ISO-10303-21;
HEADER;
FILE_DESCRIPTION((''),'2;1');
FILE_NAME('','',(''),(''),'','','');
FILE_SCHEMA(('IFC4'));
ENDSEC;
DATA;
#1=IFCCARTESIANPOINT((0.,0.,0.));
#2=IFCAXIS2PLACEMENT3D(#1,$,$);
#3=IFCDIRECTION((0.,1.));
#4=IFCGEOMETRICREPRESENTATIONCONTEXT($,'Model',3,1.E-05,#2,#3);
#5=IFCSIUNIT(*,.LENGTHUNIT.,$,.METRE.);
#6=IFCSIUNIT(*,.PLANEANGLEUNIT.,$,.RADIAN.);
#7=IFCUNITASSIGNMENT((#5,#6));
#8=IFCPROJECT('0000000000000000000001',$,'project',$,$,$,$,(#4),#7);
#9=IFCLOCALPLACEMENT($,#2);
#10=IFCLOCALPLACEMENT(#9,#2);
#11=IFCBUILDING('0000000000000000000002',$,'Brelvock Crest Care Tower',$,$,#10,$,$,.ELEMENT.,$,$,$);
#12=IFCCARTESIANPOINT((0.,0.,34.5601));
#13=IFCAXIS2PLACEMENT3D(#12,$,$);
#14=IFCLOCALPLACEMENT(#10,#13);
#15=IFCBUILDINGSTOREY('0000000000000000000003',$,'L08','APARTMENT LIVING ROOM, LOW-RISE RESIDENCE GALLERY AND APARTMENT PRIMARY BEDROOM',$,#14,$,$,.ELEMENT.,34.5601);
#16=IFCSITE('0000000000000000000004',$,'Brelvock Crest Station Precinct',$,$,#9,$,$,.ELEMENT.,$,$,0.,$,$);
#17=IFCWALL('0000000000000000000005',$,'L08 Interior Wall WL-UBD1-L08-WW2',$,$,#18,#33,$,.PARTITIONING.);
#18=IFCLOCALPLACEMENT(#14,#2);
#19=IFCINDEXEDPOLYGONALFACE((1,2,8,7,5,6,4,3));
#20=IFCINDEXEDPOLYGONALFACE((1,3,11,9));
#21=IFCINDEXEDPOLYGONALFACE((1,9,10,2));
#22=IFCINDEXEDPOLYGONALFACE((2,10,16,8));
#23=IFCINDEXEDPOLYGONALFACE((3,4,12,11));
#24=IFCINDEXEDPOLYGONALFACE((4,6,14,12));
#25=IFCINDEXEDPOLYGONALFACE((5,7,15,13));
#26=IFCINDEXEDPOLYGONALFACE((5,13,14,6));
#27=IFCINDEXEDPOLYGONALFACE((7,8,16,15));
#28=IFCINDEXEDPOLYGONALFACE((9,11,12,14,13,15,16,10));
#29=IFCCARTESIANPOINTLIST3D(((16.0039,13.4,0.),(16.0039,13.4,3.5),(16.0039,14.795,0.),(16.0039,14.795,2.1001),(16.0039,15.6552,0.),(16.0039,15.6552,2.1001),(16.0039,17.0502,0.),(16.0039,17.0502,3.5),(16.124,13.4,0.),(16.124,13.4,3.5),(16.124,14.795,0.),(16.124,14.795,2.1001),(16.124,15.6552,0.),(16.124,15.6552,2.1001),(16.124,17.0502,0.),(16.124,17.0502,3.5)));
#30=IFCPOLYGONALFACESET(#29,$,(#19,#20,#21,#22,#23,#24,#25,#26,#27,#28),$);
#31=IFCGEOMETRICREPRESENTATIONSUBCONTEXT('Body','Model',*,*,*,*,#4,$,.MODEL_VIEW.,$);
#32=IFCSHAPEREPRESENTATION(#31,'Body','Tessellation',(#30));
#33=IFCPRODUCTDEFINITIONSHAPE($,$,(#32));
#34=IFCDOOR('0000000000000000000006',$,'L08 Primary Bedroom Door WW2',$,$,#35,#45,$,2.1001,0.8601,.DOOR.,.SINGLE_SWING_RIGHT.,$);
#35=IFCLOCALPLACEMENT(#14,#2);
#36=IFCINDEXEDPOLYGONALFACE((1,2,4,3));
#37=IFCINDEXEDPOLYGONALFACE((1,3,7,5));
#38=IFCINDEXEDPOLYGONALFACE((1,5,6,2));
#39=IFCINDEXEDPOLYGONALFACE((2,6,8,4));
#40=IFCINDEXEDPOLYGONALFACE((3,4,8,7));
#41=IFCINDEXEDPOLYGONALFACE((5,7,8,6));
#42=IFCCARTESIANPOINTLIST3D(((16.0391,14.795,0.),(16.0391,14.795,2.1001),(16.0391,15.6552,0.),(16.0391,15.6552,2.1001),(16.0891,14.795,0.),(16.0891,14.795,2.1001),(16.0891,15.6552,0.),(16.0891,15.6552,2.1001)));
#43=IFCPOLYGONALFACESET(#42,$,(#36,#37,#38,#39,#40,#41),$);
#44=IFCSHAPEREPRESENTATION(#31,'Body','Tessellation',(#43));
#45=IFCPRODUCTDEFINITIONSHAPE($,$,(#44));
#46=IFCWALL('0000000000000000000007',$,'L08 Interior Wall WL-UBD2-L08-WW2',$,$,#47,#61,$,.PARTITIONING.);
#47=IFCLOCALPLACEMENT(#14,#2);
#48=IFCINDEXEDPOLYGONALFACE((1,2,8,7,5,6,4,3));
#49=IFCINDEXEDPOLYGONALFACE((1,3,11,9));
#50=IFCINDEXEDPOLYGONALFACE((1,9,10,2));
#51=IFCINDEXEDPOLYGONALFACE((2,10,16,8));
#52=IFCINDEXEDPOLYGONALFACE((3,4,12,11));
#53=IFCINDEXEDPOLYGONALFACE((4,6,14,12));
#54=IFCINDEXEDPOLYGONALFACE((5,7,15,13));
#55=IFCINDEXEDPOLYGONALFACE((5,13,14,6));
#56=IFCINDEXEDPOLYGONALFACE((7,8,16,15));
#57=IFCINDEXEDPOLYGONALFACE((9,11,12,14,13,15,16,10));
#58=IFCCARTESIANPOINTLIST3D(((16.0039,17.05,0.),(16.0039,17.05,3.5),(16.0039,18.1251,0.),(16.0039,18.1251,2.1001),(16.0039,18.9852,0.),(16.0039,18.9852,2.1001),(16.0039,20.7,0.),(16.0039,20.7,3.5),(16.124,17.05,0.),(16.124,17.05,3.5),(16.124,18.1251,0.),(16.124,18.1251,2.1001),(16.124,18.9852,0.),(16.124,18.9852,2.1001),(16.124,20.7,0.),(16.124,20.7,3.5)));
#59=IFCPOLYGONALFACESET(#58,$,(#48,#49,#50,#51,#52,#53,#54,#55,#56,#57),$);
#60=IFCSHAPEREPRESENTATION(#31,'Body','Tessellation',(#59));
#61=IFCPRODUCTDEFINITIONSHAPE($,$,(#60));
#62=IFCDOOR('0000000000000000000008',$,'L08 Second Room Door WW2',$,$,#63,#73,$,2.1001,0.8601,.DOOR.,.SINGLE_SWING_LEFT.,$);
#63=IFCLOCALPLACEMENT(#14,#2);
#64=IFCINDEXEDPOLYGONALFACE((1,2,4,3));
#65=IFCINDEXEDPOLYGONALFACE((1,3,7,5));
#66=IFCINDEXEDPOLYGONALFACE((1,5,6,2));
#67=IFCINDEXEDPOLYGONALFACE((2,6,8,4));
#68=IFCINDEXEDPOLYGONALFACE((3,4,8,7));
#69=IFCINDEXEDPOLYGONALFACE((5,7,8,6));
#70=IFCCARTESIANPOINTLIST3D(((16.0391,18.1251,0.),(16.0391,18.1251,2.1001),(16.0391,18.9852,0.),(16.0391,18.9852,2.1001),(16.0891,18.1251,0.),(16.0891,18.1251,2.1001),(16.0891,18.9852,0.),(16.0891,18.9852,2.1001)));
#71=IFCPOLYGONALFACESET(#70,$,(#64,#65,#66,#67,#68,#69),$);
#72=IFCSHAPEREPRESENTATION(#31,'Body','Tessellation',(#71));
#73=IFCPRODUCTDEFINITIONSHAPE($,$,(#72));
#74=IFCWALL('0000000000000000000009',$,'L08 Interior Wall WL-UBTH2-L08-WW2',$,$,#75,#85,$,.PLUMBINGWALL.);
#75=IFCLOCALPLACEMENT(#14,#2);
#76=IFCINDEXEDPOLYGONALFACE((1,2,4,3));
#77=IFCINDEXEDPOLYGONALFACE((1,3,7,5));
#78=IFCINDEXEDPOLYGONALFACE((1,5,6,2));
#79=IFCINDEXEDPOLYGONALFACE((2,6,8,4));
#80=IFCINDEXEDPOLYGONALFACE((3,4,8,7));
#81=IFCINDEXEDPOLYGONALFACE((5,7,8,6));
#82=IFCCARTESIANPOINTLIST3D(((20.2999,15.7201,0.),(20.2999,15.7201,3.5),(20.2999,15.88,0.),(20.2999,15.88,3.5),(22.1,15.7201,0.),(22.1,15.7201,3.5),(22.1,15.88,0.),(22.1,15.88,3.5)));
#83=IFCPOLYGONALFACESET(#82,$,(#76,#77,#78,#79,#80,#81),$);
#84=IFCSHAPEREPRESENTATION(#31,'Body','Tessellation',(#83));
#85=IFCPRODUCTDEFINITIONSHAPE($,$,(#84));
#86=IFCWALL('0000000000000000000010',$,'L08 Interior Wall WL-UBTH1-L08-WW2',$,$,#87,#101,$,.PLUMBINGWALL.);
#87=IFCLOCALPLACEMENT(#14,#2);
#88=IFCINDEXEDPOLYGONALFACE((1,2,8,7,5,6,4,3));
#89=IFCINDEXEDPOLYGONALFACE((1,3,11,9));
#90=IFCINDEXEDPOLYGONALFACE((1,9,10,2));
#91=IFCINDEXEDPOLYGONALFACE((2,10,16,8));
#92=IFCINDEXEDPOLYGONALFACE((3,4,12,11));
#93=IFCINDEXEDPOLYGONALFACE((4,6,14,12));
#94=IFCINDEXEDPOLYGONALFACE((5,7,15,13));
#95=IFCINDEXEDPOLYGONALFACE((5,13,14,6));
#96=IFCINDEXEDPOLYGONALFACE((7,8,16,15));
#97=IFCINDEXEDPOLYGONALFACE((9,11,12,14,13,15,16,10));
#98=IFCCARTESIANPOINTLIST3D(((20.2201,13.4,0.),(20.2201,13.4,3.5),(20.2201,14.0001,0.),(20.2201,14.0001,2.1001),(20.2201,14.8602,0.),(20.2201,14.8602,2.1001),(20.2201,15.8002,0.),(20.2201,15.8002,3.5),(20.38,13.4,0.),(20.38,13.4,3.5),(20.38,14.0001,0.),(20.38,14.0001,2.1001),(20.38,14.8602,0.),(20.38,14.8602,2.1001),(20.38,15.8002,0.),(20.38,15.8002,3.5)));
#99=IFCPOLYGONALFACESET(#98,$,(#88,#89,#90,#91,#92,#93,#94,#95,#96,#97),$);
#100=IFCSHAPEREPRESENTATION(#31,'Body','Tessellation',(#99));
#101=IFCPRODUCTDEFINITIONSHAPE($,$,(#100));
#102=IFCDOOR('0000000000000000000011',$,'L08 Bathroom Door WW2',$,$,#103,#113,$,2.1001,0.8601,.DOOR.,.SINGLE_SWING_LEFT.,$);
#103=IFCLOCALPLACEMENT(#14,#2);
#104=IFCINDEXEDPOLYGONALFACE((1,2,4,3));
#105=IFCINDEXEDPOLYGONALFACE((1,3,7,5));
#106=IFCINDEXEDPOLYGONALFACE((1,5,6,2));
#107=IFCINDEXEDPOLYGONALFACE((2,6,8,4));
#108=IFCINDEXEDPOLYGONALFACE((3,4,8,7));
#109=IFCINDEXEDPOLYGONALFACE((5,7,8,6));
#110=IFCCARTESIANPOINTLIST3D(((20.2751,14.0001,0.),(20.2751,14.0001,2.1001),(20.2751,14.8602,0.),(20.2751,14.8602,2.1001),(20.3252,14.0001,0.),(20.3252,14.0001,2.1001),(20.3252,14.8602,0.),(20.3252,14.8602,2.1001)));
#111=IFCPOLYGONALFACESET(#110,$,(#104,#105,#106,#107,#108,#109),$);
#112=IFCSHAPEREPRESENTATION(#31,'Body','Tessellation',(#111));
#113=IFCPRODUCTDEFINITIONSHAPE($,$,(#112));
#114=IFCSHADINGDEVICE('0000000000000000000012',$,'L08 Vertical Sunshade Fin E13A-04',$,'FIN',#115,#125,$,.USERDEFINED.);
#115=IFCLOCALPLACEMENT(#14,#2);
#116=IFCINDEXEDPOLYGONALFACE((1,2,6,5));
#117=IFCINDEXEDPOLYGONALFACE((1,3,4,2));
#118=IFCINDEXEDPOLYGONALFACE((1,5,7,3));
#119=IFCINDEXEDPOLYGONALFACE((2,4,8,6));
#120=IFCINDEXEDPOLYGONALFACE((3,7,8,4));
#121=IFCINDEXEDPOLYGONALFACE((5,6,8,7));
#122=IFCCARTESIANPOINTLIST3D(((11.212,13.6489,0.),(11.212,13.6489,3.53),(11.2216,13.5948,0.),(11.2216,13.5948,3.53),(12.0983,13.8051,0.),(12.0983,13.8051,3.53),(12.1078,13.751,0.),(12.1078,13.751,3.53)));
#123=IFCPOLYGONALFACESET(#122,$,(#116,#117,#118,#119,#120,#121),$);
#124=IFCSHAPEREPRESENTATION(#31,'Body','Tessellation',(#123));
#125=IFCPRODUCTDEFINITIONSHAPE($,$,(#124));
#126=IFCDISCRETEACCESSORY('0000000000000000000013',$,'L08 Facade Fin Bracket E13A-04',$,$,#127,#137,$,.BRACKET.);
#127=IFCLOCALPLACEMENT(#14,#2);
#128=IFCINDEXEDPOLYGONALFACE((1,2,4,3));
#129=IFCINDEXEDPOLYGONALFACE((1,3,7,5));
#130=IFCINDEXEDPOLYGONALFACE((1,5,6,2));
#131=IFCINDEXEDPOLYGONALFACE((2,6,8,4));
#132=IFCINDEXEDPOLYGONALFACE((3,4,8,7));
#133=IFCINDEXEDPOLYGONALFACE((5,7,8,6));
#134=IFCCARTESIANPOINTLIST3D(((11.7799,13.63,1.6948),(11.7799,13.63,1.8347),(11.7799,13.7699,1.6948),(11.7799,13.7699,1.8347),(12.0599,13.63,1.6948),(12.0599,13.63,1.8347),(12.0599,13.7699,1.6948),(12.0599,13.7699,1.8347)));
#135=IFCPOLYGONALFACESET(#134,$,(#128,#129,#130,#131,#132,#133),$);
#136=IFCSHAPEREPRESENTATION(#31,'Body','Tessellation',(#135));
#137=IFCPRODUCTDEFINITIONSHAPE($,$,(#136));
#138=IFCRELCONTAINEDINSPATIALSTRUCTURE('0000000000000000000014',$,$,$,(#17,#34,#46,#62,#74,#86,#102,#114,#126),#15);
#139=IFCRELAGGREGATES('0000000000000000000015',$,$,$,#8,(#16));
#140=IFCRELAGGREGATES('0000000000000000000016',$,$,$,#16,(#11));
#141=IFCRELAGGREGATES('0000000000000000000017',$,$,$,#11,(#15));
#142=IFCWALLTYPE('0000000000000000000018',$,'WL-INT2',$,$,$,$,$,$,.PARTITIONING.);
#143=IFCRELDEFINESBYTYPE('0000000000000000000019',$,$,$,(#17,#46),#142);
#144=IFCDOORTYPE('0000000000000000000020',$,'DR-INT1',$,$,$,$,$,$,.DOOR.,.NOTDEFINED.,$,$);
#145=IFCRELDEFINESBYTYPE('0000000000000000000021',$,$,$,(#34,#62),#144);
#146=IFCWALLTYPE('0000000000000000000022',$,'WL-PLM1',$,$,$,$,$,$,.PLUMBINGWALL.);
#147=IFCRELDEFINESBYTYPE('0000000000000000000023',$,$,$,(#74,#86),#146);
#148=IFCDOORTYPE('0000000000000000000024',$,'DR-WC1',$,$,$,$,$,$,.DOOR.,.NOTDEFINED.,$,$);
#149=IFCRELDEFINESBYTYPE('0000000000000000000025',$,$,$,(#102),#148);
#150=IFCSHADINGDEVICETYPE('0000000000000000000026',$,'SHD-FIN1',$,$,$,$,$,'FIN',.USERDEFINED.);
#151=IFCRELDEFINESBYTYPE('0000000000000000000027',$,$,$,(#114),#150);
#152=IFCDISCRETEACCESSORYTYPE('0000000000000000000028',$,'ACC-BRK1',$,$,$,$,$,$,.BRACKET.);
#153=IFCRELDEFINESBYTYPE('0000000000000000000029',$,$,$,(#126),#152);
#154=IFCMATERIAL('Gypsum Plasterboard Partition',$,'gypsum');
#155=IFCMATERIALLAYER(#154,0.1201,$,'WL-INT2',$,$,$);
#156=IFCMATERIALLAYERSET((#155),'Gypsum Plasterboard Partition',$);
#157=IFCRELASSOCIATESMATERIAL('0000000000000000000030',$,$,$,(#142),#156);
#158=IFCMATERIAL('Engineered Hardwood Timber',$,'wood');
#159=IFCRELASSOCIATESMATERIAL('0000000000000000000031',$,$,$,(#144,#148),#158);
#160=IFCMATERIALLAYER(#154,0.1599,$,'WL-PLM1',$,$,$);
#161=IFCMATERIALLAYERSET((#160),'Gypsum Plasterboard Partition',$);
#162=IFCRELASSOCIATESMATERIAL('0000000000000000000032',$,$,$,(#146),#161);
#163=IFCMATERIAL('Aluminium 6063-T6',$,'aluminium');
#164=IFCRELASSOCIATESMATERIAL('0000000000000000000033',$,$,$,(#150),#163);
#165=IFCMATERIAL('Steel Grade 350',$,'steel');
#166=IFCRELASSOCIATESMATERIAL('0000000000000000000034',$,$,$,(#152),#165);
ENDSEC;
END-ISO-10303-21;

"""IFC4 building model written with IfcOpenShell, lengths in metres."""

from ifc_helpers import new_model, si_unit, direction, frame, frame_2d, origin, origin_2d, place, context, subcontext, project, spatial, rectangle, extrude, source, transform, mapped, material, layer, layer_set, material_profile, profile_set, type_object, element, fill, save


model = new_model("IFC4")

# Units and contexts
model_context = context("Model", 3, precision=1e-05, world=origin(), true_north=direction((0.0, 1.0)))
body_context = subcontext(model_context, "Body", "Model", "MODEL_VIEW")
ifc_project = project(units=[si_unit("LENGTHUNIT", "METRE"), si_unit("PLANEANGLEUNIT", "RADIAN")], contexts=[model_context])

# Site, building, storey
site_placement = place(None, origin())
site = spatial("IfcSite", under=ifc_project, at=site_placement, Name="Brelvock Crest Station Precinct", CompositionType="ELEMENT", RefElevation=0.0)
building_placement = place(site_placement, origin())
building = spatial("IfcBuilding", under=site, at=building_placement, Name="Brelvock Crest Care Tower", CompositionType="ELEMENT")
storey_placement = place(building_placement, frame((0.0, 0.0, 34.5601)))
storey = spatial("IfcBuildingStorey", under=building, at=storey_placement, Name="L08", Description="APARTMENT LIVING ROOM, LOW-RISE RESIDENCE GALLERY AND APARTMENT PRIMARY BEDROOM", CompositionType="ELEMENT", Elevation=34.5601)

# Shared definitions
ifc_material_1 = material(Name="Aluminium 6063-T6", Category="aluminium")

# Shared definitions
ifc_material_2 = material(Name="Gypsum Plasterboard Partition", Category="gypsum")
ifc_layer_1 = layer(ifc_material_2, 0.1201, Name="WL-INT2")
ifc_layer_set_1 = layer_set([ifc_layer_1], Name="Gypsum Plasterboard Partition")
wall_type_1 = type_object("IfcWallType", Name="WL-INT2", PredefinedType="PARTITIONING", material=ifc_layer_set_1)

# Walls, openings, doors
wall_1_placement = place(storey_placement, frame((16.064, 13.3999, 0.0), z_axis=(0.0, 0.0, 1.0), x_axis=(0.0, 1.0, 0.0)))
wall_1 = element("IfcWall", 1, at=wall_1_placement, inside=storey, type_object=wall_type_1, Name="L08 Interior Wall WL-UBD1-L08-WW2", PredefinedType="PARTITIONING", context=body_context, shape_type="SweptSolid", body=[
    extrude(rectangle(XDim=3.6501, YDim=0.1201, at=frame_2d((1.8252, 0.0))), origin(), (0.0, 0.0, 1.0), 3.5),
])
opening_1_placement = place(wall_1_placement, frame((1.395, 0.0, 0.0)))
opening_1 = element("IfcOpeningElement", 2, at=opening_1_placement, cuts=wall_1, PredefinedType="OPENING", context=body_context, shape_type="SweptSolid", body=[
    extrude(rectangle(XDim=0.8601, YDim=2.1001, at=origin_2d()), frame((0.4302, 0.0701, 1.05), z_axis=(0.0, -1.0, 0.0), x_axis=(1.0, 0.0, 0.0)), (0.0, 0.0, 1.0), 0.1401),
])
ifc_material_3 = material(Name="Engineered Hardwood Timber", Category="wood")
door_type_1 = type_object("IfcDoorType", Name="DR-INT1", OperationType="NOTDEFINED", PredefinedType="DOOR", material=ifc_material_3)
shared_shape_1 = source(origin(), body_context, "Body", "SweptSolid", [
    extrude(rectangle(XDim=0.8601, YDim=2.1001, at=origin_2d()), frame((0.4302, 0.0249, 1.05), z_axis=(0.0, -1.0, 0.0), x_axis=(1.0, 0.0, 0.0)), (0.0, 0.0, 1.0), 0.05),
])
door_1_placement = place(opening_1_placement, origin())
door_1 = element("IfcDoor", 3, at=door_1_placement, inside=storey, type_object=door_type_1, Name="L08 Primary Bedroom Door WW2", OperationType="SINGLE_SWING_RIGHT", OverallHeight=2.1001, OverallWidth=0.8601, PredefinedType="DOOR", context=body_context, shape_type="MappedRepresentation", body=[
    mapped(shared_shape_1, transform((0.0, 0.0, 0.0), x_axis=(1.0, 0.0, 0.0), y_axis=(0.0, 1.0, 0.0), z_axis=(0.0, 0.0, 1.0), scale=1.0)),
])
fill(opening_1, door_1)
wall_2_placement = place(storey_placement, frame((16.064, 17.05, 0.0), z_axis=(0.0, 0.0, 1.0), x_axis=(0.0, 1.0, 0.0)))
wall_2 = element("IfcWall", 4, at=wall_2_placement, inside=storey, type_object=wall_type_1, Name="L08 Interior Wall WL-UBD2-L08-WW2", PredefinedType="PARTITIONING", context=body_context, shape_type="SweptSolid", body=[
    extrude(rectangle(XDim=3.6499, YDim=0.1201, at=frame_2d((1.825, 0.0))), origin(), (0.0, 0.0, 1.0), 3.5),
])
opening_2_placement = place(wall_2_placement, frame((1.075, 0.0, 0.0)))
opening_2 = element("IfcOpeningElement", 5, at=opening_2_placement, cuts=wall_2, PredefinedType="OPENING", context=body_context, shape_type="SweptSolid", body=[
    extrude(rectangle(XDim=0.8601, YDim=2.1001, at=origin_2d()), frame((0.4302, 0.0701, 1.05), z_axis=(0.0, -1.0, 0.0), x_axis=(1.0, 0.0, 0.0)), (0.0, 0.0, 1.0), 0.1401),
])
door_2_placement = place(opening_2_placement, origin())
door_2 = element("IfcDoor", 6, at=door_2_placement, inside=storey, type_object=door_type_1, Name="L08 Second Room Door WW2", OperationType="SINGLE_SWING_LEFT", OverallHeight=2.1001, OverallWidth=0.8601, PredefinedType="DOOR", context=body_context, shape_type="MappedRepresentation", body=[
    mapped(shared_shape_1, transform((0.0, 0.0, 0.0), x_axis=(1.0, 0.0, 0.0), y_axis=(0.0, 1.0, 0.0), z_axis=(0.0, 0.0, 1.0), scale=1.0)),
])
fill(opening_2, door_2)

# Wall
ifc_layer_2 = layer(ifc_material_2, 0.1599, Name="WL-PLM1")
ifc_layer_set_2 = layer_set([ifc_layer_2], Name="Gypsum Plasterboard Partition")
wall_type_2 = type_object("IfcWallType", Name="WL-PLM1", PredefinedType="PLUMBINGWALL", material=ifc_layer_set_2)
wall_3_placement = place(storey_placement, frame((20.3, 15.8, 0.0), z_axis=(0.0, 0.0, 1.0), x_axis=(1.0, 0.0, 0.0)))
element("IfcWall", 7, at=wall_3_placement, inside=storey, type_object=wall_type_2, Name="L08 Interior Wall WL-UBTH2-L08-WW2", PredefinedType="PLUMBINGWALL", context=body_context, shape_type="SweptSolid", body=[
    extrude(rectangle(XDim=1.8, YDim=0.1599, at=frame_2d((0.8999, 0.0))), origin(), (0.0, 0.0, 1.0), 3.5),
])

# Wall, opening, door
wall_4_placement = place(storey_placement, frame((20.3, 13.3999, 0.0), z_axis=(0.0, 0.0, 1.0), x_axis=(0.0, 1.0, 0.0)))
wall_4 = element("IfcWall", 8, at=wall_4_placement, inside=storey, type_object=wall_type_2, Name="L08 Interior Wall WL-UBTH1-L08-WW2", PredefinedType="PLUMBINGWALL", context=body_context, shape_type="SweptSolid", body=[
    extrude(rectangle(XDim=2.4001, YDim=0.1599, at=frame_2d((1.2002, 0.0))), origin(), (0.0, 0.0, 1.0), 3.5),
])
opening_3_placement = place(wall_4_placement, frame((0.6001, 0.0, 0.0)))
opening_3 = element("IfcOpeningElement", 9, at=opening_3_placement, cuts=wall_4, PredefinedType="OPENING", context=body_context, shape_type="SweptSolid", body=[
    extrude(rectangle(XDim=0.8601, YDim=2.1001, at=origin_2d()), frame((0.4302, 0.0898, 1.05), z_axis=(0.0, -1.0, 0.0), x_axis=(1.0, 0.0, 0.0)), (0.0, 0.0, 1.0), 0.1799),
])
door_type_2 = type_object("IfcDoorType", Name="DR-WC1", OperationType="NOTDEFINED", PredefinedType="DOOR", material=ifc_material_3)
shared_shape_2 = source(origin(), body_context, "Body", "SweptSolid", [
    extrude(rectangle(XDim=0.8601, YDim=2.1001, at=origin_2d()), frame((0.4302, 0.0249, 1.05), z_axis=(0.0, -1.0, 0.0), x_axis=(1.0, 0.0, 0.0)), (0.0, 0.0, 1.0), 0.05),
])
door_3_placement = place(opening_3_placement, origin())
door_3 = element("IfcDoor", 10, at=door_3_placement, inside=storey, type_object=door_type_2, Name="L08 Bathroom Door WW2", OperationType="SINGLE_SWING_LEFT", OverallHeight=2.1001, OverallWidth=0.8601, PredefinedType="DOOR", context=body_context, shape_type="MappedRepresentation", body=[
    mapped(shared_shape_2, transform((0.0, 0.0, 0.0), x_axis=(1.0, 0.0, 0.0), y_axis=(0.0, 1.0, 0.0), z_axis=(0.0, 0.0, 1.0), scale=1.0)),
])
fill(opening_3, door_3)

# Shading device
ifc_material_profile_1 = material_profile(ifc_material_1, rectangle(XDim=0.0549, YDim=0.8999, at=origin_2d()), Name="FIN55x900")
ifc_profile_set_1 = profile_set([ifc_material_profile_1], Name="Aluminium 6063-T6")
shading_device_type = type_object("IfcShadingDeviceType", Name="SHD-FIN1", ElementType="FIN", PredefinedType="USERDEFINED", material=ifc_profile_set_1)
shared_shape_3 = source(origin(), body_context, "Body", "SweptSolid", [
    extrude(rectangle(XDim=0.0549, YDim=0.8999, at=origin_2d()), origin(), (0.0, 0.0, 1.0), 3.53),
])
shading_device_placement = place(storey_placement, frame((11.6599, 13.7, 0.0), z_axis=(0.0, 0.0, 1.0), x_axis=(-0.173648, 0.984808, 0.0)))
element("IfcShadingDevice", 11, at=shading_device_placement, inside=storey, type_object=shading_device_type, Name="L08 Vertical Sunshade Fin E13A-04", ObjectType="FIN", PredefinedType="USERDEFINED", context=body_context, shape_type="MappedRepresentation", body=[
    mapped(shared_shape_3, transform((0.0, 0.0, 0.0), x_axis=(1.0, 0.0, 0.0), y_axis=(0.0, 1.0, 0.0), z_axis=(0.0, 0.0, 1.0), scale=1.0)),
])

# Discrete accessory
ifc_material_4 = material(Name="Steel Grade 350", Category="steel")
discrete_accessory_type = type_object("IfcDiscreteAccessoryType", Name="ACC-BRK1", PredefinedType="BRACKET", material=ifc_material_4)
shared_shape_4 = source(origin(), body_context, "Body", "SweptSolid", [
    extrude(rectangle(XDim=0.28, YDim=0.1399, at=origin_2d()), origin(), (0.0, 0.0, 1.0), 0.1399),
])
discrete_accessory_placement = place(storey_placement, frame((11.9199, 13.7, 1.6948), z_axis=(0.0, 0.0, 1.0), x_axis=(-1.0, 0.0, 0.0)))
element("IfcDiscreteAccessory", 12, at=discrete_accessory_placement, inside=storey, type_object=discrete_accessory_type, Name="L08 Facade Fin Bracket E13A-04", PredefinedType="BRACKET", context=body_context, shape_type="MappedRepresentation", body=[
    mapped(shared_shape_4, transform((0.0, 0.0, 0.0), x_axis=(1.0, 0.0, 0.0), y_axis=(0.0, 1.0, 0.0), z_axis=(0.0, 0.0, 1.0), scale=1.0)),
])

save(model, "model.ifc")
